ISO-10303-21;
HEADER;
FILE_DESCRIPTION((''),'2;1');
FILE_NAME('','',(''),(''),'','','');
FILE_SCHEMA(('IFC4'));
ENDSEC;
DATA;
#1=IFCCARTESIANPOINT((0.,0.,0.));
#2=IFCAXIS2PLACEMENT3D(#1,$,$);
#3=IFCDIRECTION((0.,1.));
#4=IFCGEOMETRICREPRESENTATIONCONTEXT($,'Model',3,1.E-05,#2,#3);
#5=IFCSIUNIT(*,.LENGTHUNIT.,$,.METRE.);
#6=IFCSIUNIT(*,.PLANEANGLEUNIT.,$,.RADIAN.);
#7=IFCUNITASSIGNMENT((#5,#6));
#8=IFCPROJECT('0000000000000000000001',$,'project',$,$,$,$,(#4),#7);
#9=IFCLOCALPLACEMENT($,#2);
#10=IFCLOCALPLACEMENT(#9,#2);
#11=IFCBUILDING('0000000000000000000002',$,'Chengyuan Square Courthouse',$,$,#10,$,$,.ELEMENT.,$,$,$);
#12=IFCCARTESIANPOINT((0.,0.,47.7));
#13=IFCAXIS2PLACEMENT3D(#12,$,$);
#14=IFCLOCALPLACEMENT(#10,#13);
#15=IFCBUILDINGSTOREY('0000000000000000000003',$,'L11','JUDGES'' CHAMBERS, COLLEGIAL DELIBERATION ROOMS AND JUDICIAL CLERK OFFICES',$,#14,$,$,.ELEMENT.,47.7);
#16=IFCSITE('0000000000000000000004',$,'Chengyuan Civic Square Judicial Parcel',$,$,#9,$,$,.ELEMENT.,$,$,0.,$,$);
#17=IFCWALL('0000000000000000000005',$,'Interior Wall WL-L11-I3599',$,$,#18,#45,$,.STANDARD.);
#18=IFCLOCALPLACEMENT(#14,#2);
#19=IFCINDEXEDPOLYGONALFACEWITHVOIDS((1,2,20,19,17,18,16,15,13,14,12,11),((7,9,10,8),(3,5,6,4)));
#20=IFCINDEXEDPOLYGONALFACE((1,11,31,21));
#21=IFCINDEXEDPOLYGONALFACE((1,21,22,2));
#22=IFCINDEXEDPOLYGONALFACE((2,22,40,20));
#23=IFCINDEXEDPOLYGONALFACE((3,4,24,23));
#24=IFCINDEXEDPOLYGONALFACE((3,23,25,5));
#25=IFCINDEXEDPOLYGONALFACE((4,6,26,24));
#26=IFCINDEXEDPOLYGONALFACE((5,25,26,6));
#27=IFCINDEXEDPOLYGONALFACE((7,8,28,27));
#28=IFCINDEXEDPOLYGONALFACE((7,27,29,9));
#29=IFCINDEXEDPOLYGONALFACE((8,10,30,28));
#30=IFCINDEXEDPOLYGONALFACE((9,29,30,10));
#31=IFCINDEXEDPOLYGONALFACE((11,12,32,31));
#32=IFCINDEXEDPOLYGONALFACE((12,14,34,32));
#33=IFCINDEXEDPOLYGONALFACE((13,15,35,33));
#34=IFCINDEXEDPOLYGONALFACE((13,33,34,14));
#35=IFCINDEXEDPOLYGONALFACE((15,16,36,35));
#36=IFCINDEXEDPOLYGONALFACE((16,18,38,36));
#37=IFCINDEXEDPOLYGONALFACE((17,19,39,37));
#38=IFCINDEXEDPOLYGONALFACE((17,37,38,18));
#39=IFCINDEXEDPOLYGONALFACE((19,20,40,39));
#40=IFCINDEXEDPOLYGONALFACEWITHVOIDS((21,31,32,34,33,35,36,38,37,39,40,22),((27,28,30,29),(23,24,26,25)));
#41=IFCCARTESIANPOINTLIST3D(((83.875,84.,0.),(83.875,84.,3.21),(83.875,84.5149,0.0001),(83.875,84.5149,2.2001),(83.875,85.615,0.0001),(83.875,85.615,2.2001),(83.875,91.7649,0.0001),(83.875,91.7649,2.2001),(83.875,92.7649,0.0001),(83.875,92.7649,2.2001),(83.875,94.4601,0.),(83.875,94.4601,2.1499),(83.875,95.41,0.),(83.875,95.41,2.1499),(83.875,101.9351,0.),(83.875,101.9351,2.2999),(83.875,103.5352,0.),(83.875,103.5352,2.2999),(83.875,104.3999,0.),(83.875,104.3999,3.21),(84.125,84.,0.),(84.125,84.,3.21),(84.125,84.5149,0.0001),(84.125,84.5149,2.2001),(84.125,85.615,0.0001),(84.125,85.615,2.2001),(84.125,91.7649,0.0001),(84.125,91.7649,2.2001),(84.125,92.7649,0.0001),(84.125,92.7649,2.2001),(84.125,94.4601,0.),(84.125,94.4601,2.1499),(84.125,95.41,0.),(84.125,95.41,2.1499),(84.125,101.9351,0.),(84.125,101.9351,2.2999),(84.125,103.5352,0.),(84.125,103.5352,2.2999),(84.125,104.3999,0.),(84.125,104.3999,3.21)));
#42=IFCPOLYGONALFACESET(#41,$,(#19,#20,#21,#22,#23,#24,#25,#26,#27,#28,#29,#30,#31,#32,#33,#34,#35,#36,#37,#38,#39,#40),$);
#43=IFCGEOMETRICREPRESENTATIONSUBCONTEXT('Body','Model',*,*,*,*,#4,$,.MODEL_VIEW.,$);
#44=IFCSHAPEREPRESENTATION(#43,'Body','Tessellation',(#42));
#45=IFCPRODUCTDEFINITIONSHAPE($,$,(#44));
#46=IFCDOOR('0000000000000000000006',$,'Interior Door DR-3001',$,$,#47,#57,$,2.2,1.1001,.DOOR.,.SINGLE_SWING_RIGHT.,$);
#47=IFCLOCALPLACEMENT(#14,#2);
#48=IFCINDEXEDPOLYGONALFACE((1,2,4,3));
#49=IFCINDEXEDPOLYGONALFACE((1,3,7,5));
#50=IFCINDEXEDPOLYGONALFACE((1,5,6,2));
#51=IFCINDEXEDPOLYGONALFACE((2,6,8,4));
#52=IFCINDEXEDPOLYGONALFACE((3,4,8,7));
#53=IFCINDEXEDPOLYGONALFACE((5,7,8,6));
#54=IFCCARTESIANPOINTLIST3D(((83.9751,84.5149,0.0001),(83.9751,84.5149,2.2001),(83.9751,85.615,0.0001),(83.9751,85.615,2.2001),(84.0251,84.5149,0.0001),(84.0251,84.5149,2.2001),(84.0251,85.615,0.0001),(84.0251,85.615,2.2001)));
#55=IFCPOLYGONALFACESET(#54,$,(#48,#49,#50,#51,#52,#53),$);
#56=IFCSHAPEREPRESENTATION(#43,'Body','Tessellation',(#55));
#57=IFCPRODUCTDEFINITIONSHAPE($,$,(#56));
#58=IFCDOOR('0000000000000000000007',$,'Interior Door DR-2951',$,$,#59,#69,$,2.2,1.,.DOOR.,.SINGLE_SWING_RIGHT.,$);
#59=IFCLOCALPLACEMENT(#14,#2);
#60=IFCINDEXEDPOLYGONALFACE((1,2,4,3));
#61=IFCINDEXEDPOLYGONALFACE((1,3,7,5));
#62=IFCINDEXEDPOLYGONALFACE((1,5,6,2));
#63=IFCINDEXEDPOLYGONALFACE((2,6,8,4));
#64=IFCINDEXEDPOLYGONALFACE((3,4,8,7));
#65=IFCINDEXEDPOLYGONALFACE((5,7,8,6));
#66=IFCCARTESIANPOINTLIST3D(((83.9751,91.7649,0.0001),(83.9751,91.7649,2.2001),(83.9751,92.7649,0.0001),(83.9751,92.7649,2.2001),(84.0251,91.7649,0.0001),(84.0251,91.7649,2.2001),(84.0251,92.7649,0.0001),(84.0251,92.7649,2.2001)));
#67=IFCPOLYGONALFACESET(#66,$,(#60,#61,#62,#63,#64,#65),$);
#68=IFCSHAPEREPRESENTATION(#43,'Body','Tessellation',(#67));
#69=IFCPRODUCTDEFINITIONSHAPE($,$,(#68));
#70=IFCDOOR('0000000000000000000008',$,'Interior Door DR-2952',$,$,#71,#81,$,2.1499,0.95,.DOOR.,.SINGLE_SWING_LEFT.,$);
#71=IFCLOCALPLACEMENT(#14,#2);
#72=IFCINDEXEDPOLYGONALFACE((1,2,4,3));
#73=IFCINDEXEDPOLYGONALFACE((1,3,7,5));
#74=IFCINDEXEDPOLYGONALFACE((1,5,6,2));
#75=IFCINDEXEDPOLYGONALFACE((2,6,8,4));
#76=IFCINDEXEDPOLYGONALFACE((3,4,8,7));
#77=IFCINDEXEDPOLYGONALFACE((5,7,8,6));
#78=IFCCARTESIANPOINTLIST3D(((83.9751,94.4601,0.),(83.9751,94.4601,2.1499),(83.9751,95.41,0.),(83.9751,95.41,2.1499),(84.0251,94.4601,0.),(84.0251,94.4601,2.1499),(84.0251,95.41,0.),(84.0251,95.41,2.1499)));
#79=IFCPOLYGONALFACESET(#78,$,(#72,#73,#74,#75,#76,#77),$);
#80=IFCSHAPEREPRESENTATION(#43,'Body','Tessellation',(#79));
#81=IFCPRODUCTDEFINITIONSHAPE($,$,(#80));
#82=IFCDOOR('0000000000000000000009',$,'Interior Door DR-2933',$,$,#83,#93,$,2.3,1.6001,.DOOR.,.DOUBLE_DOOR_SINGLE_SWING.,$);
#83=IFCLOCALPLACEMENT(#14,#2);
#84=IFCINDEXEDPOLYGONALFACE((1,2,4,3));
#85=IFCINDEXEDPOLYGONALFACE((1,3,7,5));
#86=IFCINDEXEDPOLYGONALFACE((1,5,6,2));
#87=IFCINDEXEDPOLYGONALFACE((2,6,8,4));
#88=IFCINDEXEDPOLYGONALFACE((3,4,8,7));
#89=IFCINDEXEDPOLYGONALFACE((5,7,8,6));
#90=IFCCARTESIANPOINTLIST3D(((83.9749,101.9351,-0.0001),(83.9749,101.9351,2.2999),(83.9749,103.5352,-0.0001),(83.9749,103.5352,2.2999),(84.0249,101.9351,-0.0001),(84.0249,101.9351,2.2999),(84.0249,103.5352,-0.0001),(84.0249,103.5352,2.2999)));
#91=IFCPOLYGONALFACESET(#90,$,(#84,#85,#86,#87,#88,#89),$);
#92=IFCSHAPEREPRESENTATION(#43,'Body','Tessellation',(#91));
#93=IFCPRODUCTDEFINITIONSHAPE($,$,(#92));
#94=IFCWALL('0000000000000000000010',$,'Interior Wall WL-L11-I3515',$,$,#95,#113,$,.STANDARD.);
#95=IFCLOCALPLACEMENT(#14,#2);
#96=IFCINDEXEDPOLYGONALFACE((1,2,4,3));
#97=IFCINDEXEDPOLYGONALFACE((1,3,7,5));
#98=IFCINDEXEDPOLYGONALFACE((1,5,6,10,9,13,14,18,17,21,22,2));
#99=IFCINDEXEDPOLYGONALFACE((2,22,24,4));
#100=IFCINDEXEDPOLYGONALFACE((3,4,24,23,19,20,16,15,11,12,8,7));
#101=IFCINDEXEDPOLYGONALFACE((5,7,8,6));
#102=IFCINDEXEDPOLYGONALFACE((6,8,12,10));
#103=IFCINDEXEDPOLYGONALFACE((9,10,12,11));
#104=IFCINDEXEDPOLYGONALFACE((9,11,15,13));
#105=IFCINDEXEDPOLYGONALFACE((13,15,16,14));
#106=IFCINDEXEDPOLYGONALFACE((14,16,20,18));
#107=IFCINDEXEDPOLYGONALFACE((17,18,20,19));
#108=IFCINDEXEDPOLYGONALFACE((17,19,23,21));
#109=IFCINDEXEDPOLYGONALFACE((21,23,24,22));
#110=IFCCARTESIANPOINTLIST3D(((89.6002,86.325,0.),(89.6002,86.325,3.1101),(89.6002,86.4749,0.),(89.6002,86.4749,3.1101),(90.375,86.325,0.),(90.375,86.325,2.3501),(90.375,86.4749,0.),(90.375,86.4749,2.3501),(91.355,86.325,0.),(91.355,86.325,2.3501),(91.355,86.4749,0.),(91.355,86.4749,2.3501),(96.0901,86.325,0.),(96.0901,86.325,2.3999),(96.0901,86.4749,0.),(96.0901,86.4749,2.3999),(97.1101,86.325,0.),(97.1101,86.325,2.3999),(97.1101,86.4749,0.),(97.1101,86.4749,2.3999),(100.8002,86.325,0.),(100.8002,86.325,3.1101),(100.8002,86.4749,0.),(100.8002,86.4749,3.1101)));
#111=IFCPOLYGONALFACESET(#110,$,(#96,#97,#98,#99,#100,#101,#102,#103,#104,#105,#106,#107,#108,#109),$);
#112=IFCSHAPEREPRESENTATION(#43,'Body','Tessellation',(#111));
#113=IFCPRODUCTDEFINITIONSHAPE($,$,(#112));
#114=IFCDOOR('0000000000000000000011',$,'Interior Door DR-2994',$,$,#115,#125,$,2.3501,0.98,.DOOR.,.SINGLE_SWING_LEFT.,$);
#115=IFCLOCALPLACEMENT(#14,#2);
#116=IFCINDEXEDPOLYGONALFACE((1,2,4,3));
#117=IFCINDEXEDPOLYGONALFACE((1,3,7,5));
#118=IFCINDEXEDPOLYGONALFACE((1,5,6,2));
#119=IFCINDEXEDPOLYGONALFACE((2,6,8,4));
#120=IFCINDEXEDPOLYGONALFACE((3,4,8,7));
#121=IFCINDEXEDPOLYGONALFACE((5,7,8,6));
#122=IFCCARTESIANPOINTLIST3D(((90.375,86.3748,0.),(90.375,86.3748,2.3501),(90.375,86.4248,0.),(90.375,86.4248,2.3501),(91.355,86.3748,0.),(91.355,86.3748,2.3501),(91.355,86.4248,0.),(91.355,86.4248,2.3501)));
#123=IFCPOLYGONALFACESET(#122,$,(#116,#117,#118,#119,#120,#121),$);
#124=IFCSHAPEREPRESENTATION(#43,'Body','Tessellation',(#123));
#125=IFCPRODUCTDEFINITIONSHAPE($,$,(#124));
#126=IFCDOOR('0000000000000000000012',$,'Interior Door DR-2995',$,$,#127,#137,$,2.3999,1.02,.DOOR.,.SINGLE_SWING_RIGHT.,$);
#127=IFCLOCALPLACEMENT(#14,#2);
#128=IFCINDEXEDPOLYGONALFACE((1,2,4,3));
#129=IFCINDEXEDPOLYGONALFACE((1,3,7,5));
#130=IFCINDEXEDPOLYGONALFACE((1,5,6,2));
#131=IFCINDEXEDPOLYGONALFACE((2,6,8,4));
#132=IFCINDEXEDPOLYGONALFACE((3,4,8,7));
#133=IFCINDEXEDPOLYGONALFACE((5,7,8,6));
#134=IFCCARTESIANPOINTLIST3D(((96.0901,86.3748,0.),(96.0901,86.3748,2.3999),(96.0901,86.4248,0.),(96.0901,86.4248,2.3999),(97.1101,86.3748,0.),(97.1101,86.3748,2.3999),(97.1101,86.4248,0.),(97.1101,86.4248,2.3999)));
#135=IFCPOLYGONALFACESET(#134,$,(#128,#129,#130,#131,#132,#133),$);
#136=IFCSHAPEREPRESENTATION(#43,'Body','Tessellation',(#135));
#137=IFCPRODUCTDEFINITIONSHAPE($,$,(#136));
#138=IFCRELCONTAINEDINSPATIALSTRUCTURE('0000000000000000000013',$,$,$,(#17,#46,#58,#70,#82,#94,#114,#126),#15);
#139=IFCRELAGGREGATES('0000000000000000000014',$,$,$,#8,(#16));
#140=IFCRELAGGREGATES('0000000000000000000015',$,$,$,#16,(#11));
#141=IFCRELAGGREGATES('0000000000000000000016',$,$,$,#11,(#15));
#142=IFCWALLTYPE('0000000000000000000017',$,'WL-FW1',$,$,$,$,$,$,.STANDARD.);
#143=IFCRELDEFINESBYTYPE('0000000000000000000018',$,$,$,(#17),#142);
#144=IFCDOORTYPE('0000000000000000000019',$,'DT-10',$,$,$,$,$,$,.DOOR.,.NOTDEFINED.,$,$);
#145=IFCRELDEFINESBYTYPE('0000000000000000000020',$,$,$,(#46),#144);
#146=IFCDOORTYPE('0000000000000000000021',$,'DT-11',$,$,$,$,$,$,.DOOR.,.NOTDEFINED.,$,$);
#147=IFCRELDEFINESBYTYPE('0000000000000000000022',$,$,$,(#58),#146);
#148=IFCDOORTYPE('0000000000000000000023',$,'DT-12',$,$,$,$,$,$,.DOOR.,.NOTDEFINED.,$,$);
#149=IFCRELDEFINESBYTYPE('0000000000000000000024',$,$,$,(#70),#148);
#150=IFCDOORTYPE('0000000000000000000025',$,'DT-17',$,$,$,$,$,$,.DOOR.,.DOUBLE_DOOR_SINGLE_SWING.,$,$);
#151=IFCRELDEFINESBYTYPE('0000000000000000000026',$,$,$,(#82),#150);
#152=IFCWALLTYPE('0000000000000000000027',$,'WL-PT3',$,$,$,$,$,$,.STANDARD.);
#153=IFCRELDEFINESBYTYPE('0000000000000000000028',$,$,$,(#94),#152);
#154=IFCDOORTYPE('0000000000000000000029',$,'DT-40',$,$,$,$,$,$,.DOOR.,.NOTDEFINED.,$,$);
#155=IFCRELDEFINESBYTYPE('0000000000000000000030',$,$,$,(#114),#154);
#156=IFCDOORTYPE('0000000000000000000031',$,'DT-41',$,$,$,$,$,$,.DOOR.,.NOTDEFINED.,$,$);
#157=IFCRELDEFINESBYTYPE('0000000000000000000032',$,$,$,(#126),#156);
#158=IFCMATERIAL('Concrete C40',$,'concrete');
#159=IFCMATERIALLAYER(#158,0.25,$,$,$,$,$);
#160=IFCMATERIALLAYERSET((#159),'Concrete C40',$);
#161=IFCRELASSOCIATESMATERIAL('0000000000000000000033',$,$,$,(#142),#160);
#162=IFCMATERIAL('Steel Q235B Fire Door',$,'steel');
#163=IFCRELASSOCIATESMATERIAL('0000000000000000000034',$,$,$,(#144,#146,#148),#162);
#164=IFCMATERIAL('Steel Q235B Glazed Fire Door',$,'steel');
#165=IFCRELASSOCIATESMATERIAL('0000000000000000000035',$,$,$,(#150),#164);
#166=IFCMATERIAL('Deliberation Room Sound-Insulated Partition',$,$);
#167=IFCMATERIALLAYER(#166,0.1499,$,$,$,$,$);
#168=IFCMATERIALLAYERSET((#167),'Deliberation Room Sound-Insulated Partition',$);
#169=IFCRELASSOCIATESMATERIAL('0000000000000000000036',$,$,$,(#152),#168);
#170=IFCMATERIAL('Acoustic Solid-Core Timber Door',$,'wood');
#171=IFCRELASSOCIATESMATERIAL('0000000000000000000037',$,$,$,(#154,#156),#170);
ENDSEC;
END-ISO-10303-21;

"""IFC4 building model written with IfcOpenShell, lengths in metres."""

from ifc_helpers import new_model, si_unit, direction, frame, frame_2d, origin, place, context, subcontext, project, spatial, rectangle, extrude, material, layer, layer_set, type_object, element, fill, save


model = new_model("IFC4")

# Units and contexts
model_context = context("Model", 3, precision=1e-05, world=origin(), true_north=direction((0.0, 1.0)))
body_context = subcontext(model_context, "Body", "Model", "MODEL_VIEW")
ifc_project = project(units=[si_unit("LENGTHUNIT", "METRE"), si_unit("PLANEANGLEUNIT", "RADIAN")], contexts=[model_context])

# Site, building, storey
site_placement = place(None, origin())
site = spatial("IfcSite", under=ifc_project, at=site_placement, Name="Chengyuan Civic Square Judicial Parcel", CompositionType="ELEMENT", RefElevation=0.0)
building_placement = place(site_placement, origin())
building = spatial("IfcBuilding", under=site, at=building_placement, Name="Chengyuan Square Courthouse", CompositionType="ELEMENT")
storey_placement = place(building_placement, frame((0.0, 0.0, 47.7)))
storey = spatial("IfcBuildingStorey", under=building, at=storey_placement, Name="L11", Description="JUDGES' CHAMBERS, COLLEGIAL DELIBERATION ROOMS AND JUDICIAL CLERK OFFICES", CompositionType="ELEMENT", Elevation=47.7)

# Shared definitions
ifc_material_1 = material(Name="Concrete C40", Category="concrete")

# Walls, openings, doors
ifc_layer_1 = layer(ifc_material_1, 0.25)
ifc_layer_set_1 = layer_set([ifc_layer_1], Name="Concrete C40")
wall_type_1 = type_object("IfcWallType", Name="WL-FW1", PredefinedType="STANDARD", material=ifc_layer_set_1)
wall_1_placement = place(storey_placement, frame((84.0, 84.0, 0.0), z_axis=(0.0, 0.0, 1.0), x_axis=(0.0, 1.0, 0.0)))
wall_1 = element("IfcWall", 1, at=wall_1_placement, inside=storey, type_object=wall_type_1, Name="Interior Wall WL-L11-I3599", PredefinedType="STANDARD", context=body_context, shape_type="SweptSolid", body=[
    extrude(rectangle(XDim=20.3999, YDim=0.25, at=frame_2d((10.2, 0.0))), origin(), (0.0, 0.0, 1.0), 3.21),
])
opening_1_placement = place(wall_1_placement, frame((17.9351, 0.0, 0.0)))
opening_1 = element("IfcOpeningElement", 2, at=opening_1_placement, cuts=wall_1, PredefinedType="OPENING", context=body_context, shape_type="SweptSolid", body=[
    extrude(rectangle(XDim=1.6001, YDim=2.3, at=frame_2d((0.8, 1.1499))), frame((0.0, 0.137, 0.0), z_axis=(0.0, -1.0, 0.0), x_axis=(1.0, 0.0, 0.0)), (0.0, 0.0, 1.0), 0.2739),
])
opening_2_placement = place(wall_1_placement, frame((7.7649, 0.0, 0.0)))
opening_2 = element("IfcOpeningElement", 3, at=opening_2_placement, cuts=wall_1, PredefinedType="OPENING", context=body_context, shape_type="SweptSolid", body=[
    extrude(rectangle(XDim=1.0, YDim=2.2, at=frame_2d((0.5, 1.1001))), frame((0.0, 0.137, 0.0), z_axis=(0.0, -1.0, 0.0), x_axis=(1.0, 0.0, 0.0)), (0.0, 0.0, 1.0), 0.2739),
])
opening_3_placement = place(wall_1_placement, frame((10.46, 0.0, 0.0)))
opening_3 = element("IfcOpeningElement", 4, at=opening_3_placement, cuts=wall_1, PredefinedType="OPENING", context=body_context, shape_type="SweptSolid", body=[
    extrude(rectangle(XDim=0.95, YDim=2.1499, at=frame_2d((0.4751, 1.075))), frame((0.0, 0.137, 0.0), z_axis=(0.0, -1.0, 0.0), x_axis=(1.0, 0.0, 0.0)), (0.0, 0.0, 1.0), 0.2739),
])
opening_4_placement = place(wall_1_placement, frame((0.5149, 0.0, 0.0)))
opening_4 = element("IfcOpeningElement", 5, at=opening_4_placement, cuts=wall_1, PredefinedType="OPENING", context=body_context, shape_type="SweptSolid", body=[
    extrude(rectangle(XDim=1.1001, YDim=2.2, at=frame_2d((0.55, 1.1001))), frame((0.0, 0.137, 0.0), z_axis=(0.0, -1.0, 0.0), x_axis=(1.0, 0.0, 0.0)), (0.0, 0.0, 1.0), 0.2739),
])
ifc_material_2 = material(Name="Steel Q235B Fire Door", Category="steel")
door_type_1 = type_object("IfcDoorType", Name="DT-10", OperationType="NOTDEFINED", PredefinedType="DOOR", material=ifc_material_2)
door_1_placement = place(opening_4_placement, origin())
door_1 = element("IfcDoor", 6, at=door_1_placement, inside=storey, type_object=door_type_1, Name="Interior Door DR-3001", OperationType="SINGLE_SWING_RIGHT", OverallHeight=2.2, OverallWidth=1.1001, PredefinedType="DOOR", context=body_context, shape_type="SweptSolid", body=[
    extrude(rectangle(XDim=1.1001, YDim=2.2, at=frame_2d((0.55, 1.1001))), frame((0.0, 0.0249, 0.0), z_axis=(0.0, -1.0, 0.0), x_axis=(1.0, 0.0, 0.0)), (0.0, 0.0, 1.0), 0.05),
])
fill(opening_4, door_1)
door_type_2 = type_object("IfcDoorType", Name="DT-11", OperationType="NOTDEFINED", PredefinedType="DOOR", material=ifc_material_2)
door_2_placement = place(opening_2_placement, origin())
door_2 = element("IfcDoor", 7, at=door_2_placement, inside=storey, type_object=door_type_2, Name="Interior Door DR-2951", OperationType="SINGLE_SWING_RIGHT", OverallHeight=2.2, OverallWidth=1.0, PredefinedType="DOOR", context=body_context, shape_type="SweptSolid", body=[
    extrude(rectangle(XDim=1.0, YDim=2.2, at=frame_2d((0.5, 1.1001))), frame((0.0, 0.0249, 0.0), z_axis=(0.0, -1.0, 0.0), x_axis=(1.0, 0.0, 0.0)), (0.0, 0.0, 1.0), 0.05),
])
fill(opening_2, door_2)
door_type_3 = type_object("IfcDoorType", Name="DT-12", OperationType="NOTDEFINED", PredefinedType="DOOR", material=ifc_material_2)
door_3_placement = place(opening_3_placement, origin())
door_3 = element("IfcDoor", 8, at=door_3_placement, inside=storey, type_object=door_type_3, Name="Interior Door DR-2952", OperationType="SINGLE_SWING_LEFT", OverallHeight=2.1499, OverallWidth=0.95, PredefinedType="DOOR", context=body_context, shape_type="SweptSolid", body=[
    extrude(rectangle(XDim=0.95, YDim=2.1499, at=frame_2d((0.4751, 1.075))), frame((0.0, 0.0249, 0.0), z_axis=(0.0, -1.0, 0.0), x_axis=(1.0, 0.0, 0.0)), (0.0, 0.0, 1.0), 0.05),
])
fill(opening_3, door_3)
ifc_material_3 = material(Name="Steel Q235B Glazed Fire Door", Category="steel")
door_type_4 = type_object("IfcDoorType", Name="DT-17", OperationType="DOUBLE_DOOR_SINGLE_SWING", PredefinedType="DOOR", material=ifc_material_3)
door_4_placement = place(opening_1_placement, frame((1.6001, 0.0, 0.0), z_axis=(0.0, 0.0, 1.0), x_axis=(-1.0, 0.0, 0.0)))
door_4 = element("IfcDoor", 9, at=door_4_placement, inside=storey, type_object=door_type_4, Name="Interior Door DR-2933", OperationType="DOUBLE_DOOR_SINGLE_SWING", OverallHeight=2.3, OverallWidth=1.6001, PredefinedType="DOOR", context=body_context, shape_type="SweptSolid", body=[
    extrude(rectangle(XDim=1.6001, YDim=2.3, at=frame_2d((0.8, 1.1499))), frame((0.0, 0.0249, 0.0), z_axis=(0.0, -1.0, 0.0), x_axis=(1.0, 0.0, 0.0)), (0.0, 0.0, 1.0), 0.05),
])
fill(opening_1, door_4)
ifc_material_4 = material(Name="Deliberation Room Sound-Insulated Partition")
ifc_layer_2 = layer(ifc_material_4, 0.1499)
ifc_layer_set_2 = layer_set([ifc_layer_2], Name="Deliberation Room Sound-Insulated Partition")
wall_type_2 = type_object("IfcWallType", Name="WL-PT3", PredefinedType="STANDARD", material=ifc_layer_set_2)
wall_2_placement = place(storey_placement, frame((89.6001, 86.3999, 0.0), z_axis=(0.0, 0.0, 1.0), x_axis=(1.0, 0.0, 0.0)))
wall_2 = element("IfcWall", 10, at=wall_2_placement, inside=storey, type_object=wall_type_2, Name="Interior Wall WL-L11-I3515", PredefinedType="STANDARD", context=body_context, shape_type="SweptSolid", body=[
    extrude(rectangle(XDim=11.2, YDim=0.1499, at=frame_2d((5.6001, 0.0))), origin(), (0.0, 0.0, 1.0), 3.1101),
])
opening_5_placement = place(wall_2_placement, frame((0.7749, 0.0, 0.0)))
opening_5 = element("IfcOpeningElement", 11, at=opening_5_placement, cuts=wall_2, PredefinedType="OPENING", context=body_context, shape_type="SweptSolid", body=[
    extrude(rectangle(XDim=0.98, YDim=2.3501, at=frame_2d((0.49, 1.175))), frame((0.0, 0.0869, 0.0), z_axis=(0.0, -1.0, 0.0), x_axis=(1.0, 0.0, 0.0)), (0.0, 0.0, 1.0), 0.1738),
])
opening_6_placement = place(wall_2_placement, frame((6.49, 0.0, 0.0)))
opening_6 = element("IfcOpeningElement", 12, at=opening_6_placement, cuts=wall_2, PredefinedType="OPENING", context=body_context, shape_type="SweptSolid", body=[
    extrude(rectangle(XDim=1.02, YDim=2.3999, at=frame_2d((0.51, 1.2))), frame((0.0, 0.0869, 0.0), z_axis=(0.0, -1.0, 0.0), x_axis=(1.0, 0.0, 0.0)), (0.0, 0.0, 1.0), 0.1738),
])
ifc_material_5 = material(Name="Acoustic Solid-Core Timber Door", Category="wood")
door_type_5 = type_object("IfcDoorType", Name="DT-40", OperationType="NOTDEFINED", PredefinedType="DOOR", material=ifc_material_5)
door_5_placement = place(opening_5_placement, origin())
door_5 = element("IfcDoor", 13, at=door_5_placement, inside=storey, type_object=door_type_5, Name="Interior Door DR-2994", OperationType="SINGLE_SWING_LEFT", OverallHeight=2.3501, OverallWidth=0.98, PredefinedType="DOOR", context=body_context, shape_type="SweptSolid", body=[
    extrude(rectangle(XDim=0.98, YDim=2.3501, at=frame_2d((0.49, 1.175))), frame((0.0, 0.0249, 0.0), z_axis=(0.0, -1.0, 0.0), x_axis=(1.0, 0.0, 0.0)), (0.0, 0.0, 1.0), 0.05),
])
fill(opening_5, door_5)
door_type_6 = type_object("IfcDoorType", Name="DT-41", OperationType="NOTDEFINED", PredefinedType="DOOR", material=ifc_material_5)
door_6_placement = place(opening_6_placement, origin())
door_6 = element("IfcDoor", 14, at=door_6_placement, inside=storey, type_object=door_type_6, Name="Interior Door DR-2995", OperationType="SINGLE_SWING_RIGHT", OverallHeight=2.3999, OverallWidth=1.02, PredefinedType="DOOR", context=body_context, shape_type="SweptSolid", body=[
    extrude(rectangle(XDim=1.02, YDim=2.3999, at=frame_2d((0.51, 1.2))), frame((0.0, 0.0249, 0.0), z_axis=(0.0, -1.0, 0.0), x_axis=(1.0, 0.0, 0.0)), (0.0, 0.0, 1.0), 0.05),
])
fill(opening_6, door_6)

save(model, "model.ifc")
